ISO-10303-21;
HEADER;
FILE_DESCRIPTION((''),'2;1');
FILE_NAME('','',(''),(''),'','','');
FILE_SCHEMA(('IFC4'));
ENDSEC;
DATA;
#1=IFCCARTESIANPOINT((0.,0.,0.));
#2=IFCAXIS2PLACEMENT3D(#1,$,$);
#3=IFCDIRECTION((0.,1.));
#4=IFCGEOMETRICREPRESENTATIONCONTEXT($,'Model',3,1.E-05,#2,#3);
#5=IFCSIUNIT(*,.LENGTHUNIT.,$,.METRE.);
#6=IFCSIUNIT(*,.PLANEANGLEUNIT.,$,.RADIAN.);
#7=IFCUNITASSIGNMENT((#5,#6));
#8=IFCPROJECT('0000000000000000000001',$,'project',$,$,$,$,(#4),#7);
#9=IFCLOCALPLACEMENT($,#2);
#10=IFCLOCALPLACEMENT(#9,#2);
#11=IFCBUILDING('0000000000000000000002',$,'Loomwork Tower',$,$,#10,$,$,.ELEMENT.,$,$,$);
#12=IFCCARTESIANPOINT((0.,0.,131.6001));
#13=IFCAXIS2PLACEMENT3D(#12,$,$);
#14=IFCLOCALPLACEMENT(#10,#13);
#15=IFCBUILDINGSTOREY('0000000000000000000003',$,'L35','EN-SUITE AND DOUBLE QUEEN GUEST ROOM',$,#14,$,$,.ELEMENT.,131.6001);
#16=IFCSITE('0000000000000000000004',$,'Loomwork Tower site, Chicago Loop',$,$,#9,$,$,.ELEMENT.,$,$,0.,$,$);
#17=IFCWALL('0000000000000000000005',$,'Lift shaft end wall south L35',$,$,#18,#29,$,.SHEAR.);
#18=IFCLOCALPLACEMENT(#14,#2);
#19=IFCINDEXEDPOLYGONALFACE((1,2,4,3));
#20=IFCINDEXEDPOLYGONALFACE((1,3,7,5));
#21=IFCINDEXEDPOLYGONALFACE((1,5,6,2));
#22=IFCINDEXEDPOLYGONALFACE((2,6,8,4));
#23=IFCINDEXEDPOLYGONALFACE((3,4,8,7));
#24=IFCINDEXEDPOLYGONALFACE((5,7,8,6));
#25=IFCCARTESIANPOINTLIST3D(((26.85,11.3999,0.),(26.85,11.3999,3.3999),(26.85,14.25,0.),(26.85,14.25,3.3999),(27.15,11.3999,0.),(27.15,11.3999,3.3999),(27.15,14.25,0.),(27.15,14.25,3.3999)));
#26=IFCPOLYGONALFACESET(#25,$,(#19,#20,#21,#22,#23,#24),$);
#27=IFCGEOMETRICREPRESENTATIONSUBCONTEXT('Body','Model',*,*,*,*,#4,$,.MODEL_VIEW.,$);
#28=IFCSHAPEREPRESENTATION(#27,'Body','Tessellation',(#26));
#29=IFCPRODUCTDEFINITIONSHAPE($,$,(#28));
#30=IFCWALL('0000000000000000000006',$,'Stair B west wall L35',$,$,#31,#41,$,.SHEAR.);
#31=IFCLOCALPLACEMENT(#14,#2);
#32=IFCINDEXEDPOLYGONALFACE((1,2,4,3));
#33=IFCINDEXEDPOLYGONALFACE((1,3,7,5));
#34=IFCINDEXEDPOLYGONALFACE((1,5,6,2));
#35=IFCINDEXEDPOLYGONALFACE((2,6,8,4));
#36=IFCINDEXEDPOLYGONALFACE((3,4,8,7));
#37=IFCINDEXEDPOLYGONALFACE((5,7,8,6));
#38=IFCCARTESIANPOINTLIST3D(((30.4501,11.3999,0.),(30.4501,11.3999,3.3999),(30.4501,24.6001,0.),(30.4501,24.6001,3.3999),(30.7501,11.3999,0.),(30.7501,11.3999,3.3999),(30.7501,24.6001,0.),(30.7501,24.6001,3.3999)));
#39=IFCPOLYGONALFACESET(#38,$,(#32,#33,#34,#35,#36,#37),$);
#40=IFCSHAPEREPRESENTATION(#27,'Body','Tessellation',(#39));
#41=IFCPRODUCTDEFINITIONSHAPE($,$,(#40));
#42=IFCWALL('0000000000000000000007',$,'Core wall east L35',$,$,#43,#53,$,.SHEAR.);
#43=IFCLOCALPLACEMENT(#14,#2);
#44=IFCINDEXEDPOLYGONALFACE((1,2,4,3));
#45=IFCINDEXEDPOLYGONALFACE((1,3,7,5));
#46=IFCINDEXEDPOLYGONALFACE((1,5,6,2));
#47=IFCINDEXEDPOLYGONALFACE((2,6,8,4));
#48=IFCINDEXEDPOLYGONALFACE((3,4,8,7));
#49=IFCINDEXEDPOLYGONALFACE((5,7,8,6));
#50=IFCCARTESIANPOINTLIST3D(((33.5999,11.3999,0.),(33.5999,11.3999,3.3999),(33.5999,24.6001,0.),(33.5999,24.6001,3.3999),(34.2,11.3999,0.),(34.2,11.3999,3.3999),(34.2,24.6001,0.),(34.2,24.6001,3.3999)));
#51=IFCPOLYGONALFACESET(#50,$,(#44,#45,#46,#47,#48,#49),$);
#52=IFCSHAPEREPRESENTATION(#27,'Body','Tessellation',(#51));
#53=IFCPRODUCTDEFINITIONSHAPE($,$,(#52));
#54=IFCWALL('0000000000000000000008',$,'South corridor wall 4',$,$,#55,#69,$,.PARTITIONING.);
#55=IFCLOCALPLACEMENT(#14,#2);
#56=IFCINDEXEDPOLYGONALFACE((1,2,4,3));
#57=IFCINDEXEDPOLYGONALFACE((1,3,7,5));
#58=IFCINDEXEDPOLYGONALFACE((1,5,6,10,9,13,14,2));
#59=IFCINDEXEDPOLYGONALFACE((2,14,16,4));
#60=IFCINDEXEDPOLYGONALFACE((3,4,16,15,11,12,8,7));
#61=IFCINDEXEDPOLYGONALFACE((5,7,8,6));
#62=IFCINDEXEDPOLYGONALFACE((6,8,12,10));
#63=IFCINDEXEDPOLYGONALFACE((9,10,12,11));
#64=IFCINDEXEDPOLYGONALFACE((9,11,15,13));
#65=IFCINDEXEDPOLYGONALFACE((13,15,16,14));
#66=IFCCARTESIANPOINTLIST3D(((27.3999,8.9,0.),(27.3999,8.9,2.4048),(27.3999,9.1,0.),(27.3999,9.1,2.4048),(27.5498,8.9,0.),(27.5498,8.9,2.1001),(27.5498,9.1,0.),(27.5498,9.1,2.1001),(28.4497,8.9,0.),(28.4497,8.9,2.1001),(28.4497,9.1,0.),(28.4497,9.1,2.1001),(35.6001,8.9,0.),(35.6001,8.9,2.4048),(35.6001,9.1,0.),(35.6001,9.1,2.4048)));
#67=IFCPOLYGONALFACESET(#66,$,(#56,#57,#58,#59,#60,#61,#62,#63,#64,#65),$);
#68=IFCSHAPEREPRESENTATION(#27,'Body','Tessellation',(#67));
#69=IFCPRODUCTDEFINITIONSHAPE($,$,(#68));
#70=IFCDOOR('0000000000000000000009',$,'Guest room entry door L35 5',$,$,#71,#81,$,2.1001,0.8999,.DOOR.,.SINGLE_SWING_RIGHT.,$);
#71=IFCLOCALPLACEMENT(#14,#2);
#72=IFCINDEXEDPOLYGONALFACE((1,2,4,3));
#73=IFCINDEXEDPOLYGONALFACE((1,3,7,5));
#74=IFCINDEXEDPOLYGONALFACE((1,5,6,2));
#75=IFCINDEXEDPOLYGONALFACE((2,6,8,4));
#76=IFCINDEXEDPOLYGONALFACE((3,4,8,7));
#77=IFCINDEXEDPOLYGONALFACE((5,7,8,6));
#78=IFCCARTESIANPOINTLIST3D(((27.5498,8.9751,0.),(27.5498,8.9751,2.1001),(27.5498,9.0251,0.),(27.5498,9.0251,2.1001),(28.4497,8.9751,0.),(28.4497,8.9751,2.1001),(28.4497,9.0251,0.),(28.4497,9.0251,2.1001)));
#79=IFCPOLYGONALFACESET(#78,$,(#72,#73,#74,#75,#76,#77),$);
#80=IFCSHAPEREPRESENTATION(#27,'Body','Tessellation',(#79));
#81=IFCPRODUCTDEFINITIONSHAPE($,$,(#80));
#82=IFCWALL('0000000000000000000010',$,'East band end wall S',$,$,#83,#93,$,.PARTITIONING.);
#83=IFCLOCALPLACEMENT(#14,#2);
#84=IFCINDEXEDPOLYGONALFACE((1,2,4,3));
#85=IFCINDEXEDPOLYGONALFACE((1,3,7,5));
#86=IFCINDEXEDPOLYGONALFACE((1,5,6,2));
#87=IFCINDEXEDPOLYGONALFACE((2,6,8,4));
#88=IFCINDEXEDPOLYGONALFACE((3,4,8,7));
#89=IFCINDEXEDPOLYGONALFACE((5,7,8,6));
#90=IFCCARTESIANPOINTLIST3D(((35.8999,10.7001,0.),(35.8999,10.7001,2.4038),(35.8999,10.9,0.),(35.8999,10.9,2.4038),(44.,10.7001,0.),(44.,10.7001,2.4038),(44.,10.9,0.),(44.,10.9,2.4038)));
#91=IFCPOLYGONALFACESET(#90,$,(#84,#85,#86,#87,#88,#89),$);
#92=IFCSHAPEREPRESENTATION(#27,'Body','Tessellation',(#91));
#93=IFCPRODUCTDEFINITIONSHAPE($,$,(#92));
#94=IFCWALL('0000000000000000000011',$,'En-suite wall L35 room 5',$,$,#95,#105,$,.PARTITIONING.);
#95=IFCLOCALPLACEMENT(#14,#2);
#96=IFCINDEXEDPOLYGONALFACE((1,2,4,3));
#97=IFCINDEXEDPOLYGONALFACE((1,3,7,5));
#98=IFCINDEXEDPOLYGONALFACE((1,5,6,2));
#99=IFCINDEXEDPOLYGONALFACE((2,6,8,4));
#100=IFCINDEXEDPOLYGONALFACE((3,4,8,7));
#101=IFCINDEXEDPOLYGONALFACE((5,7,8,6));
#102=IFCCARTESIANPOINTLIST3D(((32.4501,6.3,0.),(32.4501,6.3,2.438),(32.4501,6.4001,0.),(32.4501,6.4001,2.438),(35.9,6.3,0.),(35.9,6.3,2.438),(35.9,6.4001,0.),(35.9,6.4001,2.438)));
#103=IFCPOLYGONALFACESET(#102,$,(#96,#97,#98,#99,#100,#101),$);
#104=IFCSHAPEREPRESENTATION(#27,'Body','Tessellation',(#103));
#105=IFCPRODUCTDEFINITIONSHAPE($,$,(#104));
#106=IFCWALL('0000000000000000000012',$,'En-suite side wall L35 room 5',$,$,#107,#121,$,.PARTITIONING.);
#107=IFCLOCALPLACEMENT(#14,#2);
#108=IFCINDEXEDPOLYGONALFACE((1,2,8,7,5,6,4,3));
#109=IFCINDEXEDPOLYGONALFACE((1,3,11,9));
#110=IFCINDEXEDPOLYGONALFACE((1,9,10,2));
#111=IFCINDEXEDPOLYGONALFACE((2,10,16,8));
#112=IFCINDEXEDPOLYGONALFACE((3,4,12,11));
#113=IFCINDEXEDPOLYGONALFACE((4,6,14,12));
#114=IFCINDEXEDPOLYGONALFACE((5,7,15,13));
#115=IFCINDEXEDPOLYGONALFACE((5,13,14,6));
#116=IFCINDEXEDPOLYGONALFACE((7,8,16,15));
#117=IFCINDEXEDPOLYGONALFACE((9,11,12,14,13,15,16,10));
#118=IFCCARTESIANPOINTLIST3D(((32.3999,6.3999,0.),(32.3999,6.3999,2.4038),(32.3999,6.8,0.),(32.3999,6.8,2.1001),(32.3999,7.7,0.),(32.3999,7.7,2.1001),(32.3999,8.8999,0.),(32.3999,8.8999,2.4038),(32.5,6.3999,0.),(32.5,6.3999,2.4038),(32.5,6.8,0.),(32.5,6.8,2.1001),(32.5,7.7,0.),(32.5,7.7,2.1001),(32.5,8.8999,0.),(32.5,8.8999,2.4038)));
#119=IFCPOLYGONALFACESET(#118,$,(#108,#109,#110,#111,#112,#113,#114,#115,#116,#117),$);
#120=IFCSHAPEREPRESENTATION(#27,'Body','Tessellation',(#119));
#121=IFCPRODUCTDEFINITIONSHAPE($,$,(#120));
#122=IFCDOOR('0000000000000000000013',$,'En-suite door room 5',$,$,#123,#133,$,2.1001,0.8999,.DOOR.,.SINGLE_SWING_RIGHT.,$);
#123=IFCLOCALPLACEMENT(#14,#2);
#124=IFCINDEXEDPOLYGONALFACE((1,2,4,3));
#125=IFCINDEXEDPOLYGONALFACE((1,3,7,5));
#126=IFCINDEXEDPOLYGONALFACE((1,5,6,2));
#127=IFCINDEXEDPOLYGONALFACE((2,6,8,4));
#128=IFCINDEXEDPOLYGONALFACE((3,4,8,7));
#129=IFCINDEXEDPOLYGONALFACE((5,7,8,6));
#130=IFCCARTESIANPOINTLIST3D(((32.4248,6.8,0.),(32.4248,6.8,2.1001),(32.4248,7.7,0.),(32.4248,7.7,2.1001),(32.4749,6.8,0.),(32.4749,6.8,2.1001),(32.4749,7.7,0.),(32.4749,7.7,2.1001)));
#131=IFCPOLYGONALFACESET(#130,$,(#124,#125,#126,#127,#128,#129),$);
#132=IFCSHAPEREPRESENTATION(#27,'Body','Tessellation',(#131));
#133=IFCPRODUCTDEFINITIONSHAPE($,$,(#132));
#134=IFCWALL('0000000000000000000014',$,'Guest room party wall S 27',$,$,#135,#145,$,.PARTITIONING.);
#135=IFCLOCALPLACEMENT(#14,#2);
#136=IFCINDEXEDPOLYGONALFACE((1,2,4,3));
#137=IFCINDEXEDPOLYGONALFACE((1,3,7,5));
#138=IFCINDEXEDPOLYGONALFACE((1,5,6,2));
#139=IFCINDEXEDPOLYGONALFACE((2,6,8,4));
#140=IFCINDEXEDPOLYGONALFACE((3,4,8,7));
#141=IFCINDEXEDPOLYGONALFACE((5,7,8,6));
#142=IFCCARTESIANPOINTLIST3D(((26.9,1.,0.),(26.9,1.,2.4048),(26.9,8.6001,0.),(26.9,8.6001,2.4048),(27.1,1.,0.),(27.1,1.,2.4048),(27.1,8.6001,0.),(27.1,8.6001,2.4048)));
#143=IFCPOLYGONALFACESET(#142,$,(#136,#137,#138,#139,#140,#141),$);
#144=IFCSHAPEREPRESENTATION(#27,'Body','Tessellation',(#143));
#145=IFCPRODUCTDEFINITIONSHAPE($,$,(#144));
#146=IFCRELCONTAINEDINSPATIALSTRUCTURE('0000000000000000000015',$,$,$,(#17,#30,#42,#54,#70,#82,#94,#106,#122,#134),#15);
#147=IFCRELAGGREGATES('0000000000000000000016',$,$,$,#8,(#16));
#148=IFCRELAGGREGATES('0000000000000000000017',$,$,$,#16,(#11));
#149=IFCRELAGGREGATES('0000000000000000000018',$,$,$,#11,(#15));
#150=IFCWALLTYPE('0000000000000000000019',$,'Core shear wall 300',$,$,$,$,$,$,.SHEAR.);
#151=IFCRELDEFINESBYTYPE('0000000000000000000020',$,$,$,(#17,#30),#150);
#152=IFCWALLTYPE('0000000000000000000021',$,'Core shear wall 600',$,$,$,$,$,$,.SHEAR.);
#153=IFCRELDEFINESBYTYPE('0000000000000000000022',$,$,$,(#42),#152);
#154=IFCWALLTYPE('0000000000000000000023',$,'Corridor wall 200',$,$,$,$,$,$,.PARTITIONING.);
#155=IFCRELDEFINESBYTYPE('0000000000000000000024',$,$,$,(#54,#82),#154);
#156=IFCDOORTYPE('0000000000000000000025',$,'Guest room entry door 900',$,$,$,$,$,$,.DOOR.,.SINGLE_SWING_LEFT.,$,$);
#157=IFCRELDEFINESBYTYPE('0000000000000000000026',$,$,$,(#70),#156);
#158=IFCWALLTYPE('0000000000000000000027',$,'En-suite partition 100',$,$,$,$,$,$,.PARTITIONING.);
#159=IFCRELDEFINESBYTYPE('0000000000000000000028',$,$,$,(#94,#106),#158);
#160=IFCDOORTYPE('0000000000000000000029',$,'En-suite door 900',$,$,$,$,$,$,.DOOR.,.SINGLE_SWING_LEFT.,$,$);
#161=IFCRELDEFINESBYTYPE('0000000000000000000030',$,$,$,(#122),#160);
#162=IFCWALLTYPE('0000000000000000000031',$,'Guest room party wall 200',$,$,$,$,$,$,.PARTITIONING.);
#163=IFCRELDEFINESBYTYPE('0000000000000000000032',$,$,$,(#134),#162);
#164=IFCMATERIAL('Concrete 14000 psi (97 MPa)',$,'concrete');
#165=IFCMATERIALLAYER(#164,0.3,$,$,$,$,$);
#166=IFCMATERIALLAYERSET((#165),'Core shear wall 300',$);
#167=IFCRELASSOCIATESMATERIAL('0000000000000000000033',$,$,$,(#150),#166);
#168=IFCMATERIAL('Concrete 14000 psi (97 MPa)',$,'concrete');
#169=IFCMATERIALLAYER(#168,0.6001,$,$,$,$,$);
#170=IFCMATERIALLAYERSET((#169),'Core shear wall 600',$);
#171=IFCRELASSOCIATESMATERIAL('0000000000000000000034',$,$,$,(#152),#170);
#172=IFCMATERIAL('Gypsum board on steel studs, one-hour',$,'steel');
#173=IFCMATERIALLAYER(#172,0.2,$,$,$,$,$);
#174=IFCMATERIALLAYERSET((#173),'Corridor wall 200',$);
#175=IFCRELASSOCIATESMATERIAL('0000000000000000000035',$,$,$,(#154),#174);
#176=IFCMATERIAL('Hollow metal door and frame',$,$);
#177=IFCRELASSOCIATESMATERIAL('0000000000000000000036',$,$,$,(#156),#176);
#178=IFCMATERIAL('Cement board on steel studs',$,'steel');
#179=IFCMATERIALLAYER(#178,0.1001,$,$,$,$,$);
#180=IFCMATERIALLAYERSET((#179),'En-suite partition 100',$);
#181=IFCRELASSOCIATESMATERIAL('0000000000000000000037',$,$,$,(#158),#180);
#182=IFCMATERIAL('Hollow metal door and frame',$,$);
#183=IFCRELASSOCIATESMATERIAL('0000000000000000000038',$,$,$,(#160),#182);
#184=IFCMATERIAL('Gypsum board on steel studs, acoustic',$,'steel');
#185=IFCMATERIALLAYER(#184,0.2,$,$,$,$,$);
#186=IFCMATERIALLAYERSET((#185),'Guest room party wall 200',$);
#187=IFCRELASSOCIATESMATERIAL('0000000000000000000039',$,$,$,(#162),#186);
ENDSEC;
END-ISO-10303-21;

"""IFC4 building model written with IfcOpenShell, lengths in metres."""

from ifc_helpers import new_model, si_unit, direction, frame, frame_2d, origin, place, context, subcontext, project, spatial, rectangle, extrude, material, layer, layer_set, type_object, element, fill, save


model = new_model("IFC4")

# Units and contexts
model_context = context("Model", 3, precision=1e-05, world=origin(), true_north=direction((0.0, 1.0)))
body_context = subcontext(model_context, "Body", "Model", "MODEL_VIEW")
ifc_project = project(units=[si_unit("LENGTHUNIT", "METRE"), si_unit("PLANEANGLEUNIT", "RADIAN")], contexts=[model_context])

# Site, building, storey
site_placement = place(None, origin())
site = spatial("IfcSite", under=ifc_project, at=site_placement, Name="Loomwork Tower site, Chicago Loop", CompositionType="ELEMENT", RefElevation=0.0)
building_placement = place(site_placement, origin())
building = spatial("IfcBuilding", under=site, at=building_placement, Name="Loomwork Tower", CompositionType="ELEMENT")
storey_placement = place(building_placement, frame((0.0, 0.0, 131.6001)))
storey = spatial("IfcBuildingStorey", under=building, at=storey_placement, Name="L35", Description="EN-SUITE AND DOUBLE QUEEN GUEST ROOM", CompositionType="ELEMENT", Elevation=131.6001)

# Walls
ifc_material_1 = material(Name="Concrete 14000 psi (97 MPa)", Category="concrete")
ifc_layer_1 = layer(ifc_material_1, 0.3)
ifc_layer_set_1 = layer_set([ifc_layer_1], Name="Core shear wall 300")
wall_type_1 = type_object("IfcWallType", Name="Core shear wall 300", PredefinedType="SHEAR", material=ifc_layer_set_1)
wall_1_placement = place(storey_placement, frame((27.0, 11.3999, 0.0), z_axis=(0.0, 0.0, 1.0), x_axis=(0.0, 1.0, 0.0)))
element("IfcWall", 1, at=wall_1_placement, inside=storey, type_object=wall_type_1, Name="Lift shaft end wall south L35", PredefinedType="SHEAR", context=body_context, shape_type="SweptSolid", body=[
    extrude(rectangle(XDim=2.8501, YDim=0.3, at=frame_2d((1.425, 0.0))), origin(), (0.0, 0.0, 1.0), 3.3999),
])
wall_2_placement = place(storey_placement, frame((30.6001, 11.3999, 0.0), z_axis=(0.0, 0.0, 1.0), x_axis=(0.0, 1.0, 0.0)))
element("IfcWall", 2, at=wall_2_placement, inside=storey, type_object=wall_type_1, Name="Stair B west wall L35", PredefinedType="SHEAR", context=body_context, shape_type="SweptSolid", body=[
    extrude(rectangle(XDim=13.2002, YDim=0.3, at=frame_2d((6.6001, 0.0))), origin(), (0.0, 0.0, 1.0), 3.3999),
])
ifc_material_2 = material(Name="Concrete 14000 psi (97 MPa)", Category="concrete")
ifc_layer_2 = layer(ifc_material_2, 0.6001)
ifc_layer_set_2 = layer_set([ifc_layer_2], Name="Core shear wall 600")
wall_type_2 = type_object("IfcWallType", Name="Core shear wall 600", PredefinedType="SHEAR", material=ifc_layer_set_2)
wall_3_placement = place(storey_placement, frame((33.8999, 11.3999, 0.0), z_axis=(0.0, 0.0, 1.0), x_axis=(0.0, 1.0, 0.0)))
element("IfcWall", 3, at=wall_3_placement, inside=storey, type_object=wall_type_2, Name="Core wall east L35", PredefinedType="SHEAR", context=body_context, shape_type="SweptSolid", body=[
    extrude(rectangle(XDim=13.2002, YDim=0.6001, at=frame_2d((6.6001, 0.0))), origin(), (0.0, 0.0, 1.0), 3.3999),
])

# Wall, opening, door
ifc_material_3 = material(Name="Gypsum board on steel studs, one-hour", Category="steel")
ifc_layer_3 = layer(ifc_material_3, 0.2)
ifc_layer_set_3 = layer_set([ifc_layer_3], Name="Corridor wall 200")
wall_type_3 = type_object("IfcWallType", Name="Corridor wall 200", PredefinedType="PARTITIONING", material=ifc_layer_set_3)
wall_4_placement = place(storey_placement, frame((27.3999, 9.0, 0.0), z_axis=(0.0, 0.0, 1.0), x_axis=(1.0, 0.0, 0.0)))
wall_4 = element("IfcWall", 4, at=wall_4_placement, inside=storey, type_object=wall_type_3, Name="South corridor wall 4", PredefinedType="PARTITIONING", context=body_context, shape_type="SweptSolid", body=[
    extrude(rectangle(XDim=8.2002, YDim=0.2, at=frame_2d((4.1001, 0.0))), origin(), (0.0, 0.0, 1.0), 2.4048),
])
opening_1_placement = place(wall_4_placement, frame((0.1499, 0.0, 0.0)))
opening_1 = element("IfcOpeningElement", 5, at=opening_1_placement, cuts=wall_4, PredefinedType="OPENING", context=body_context, shape_type="SweptSolid", body=[
    extrude(rectangle(XDim=0.8999, YDim=2.1001, at=frame_2d((0.45, 1.05))), frame((0.0, 0.1099, 0.0), z_axis=(0.0, -1.0, 0.0), x_axis=(1.0, 0.0, 0.0)), (0.0, 0.0, 1.0), 0.22),
])
ifc_material_4 = material(Name="Hollow metal door and frame")
door_type_1 = type_object("IfcDoorType", Name="Guest room entry door 900", OperationType="SINGLE_SWING_LEFT", PredefinedType="DOOR", material=ifc_material_4)
door_1_placement = place(opening_1_placement, frame((0.8999, 0.0, 0.0), z_axis=(0.0, 0.0, 1.0), x_axis=(-1.0, 0.0, 0.0)))
door_1 = element("IfcDoor", 6, at=door_1_placement, inside=storey, type_object=door_type_1, Name="Guest room entry door L35 5", OperationType="SINGLE_SWING_RIGHT", OverallHeight=2.1001, OverallWidth=0.8999, PredefinedType="DOOR", context=body_context, shape_type="SweptSolid", body=[
    extrude(rectangle(XDim=0.8999, YDim=2.1001, at=frame_2d((0.45, 1.05))), frame((0.0, 0.0249, 0.0), z_axis=(0.0, -1.0, 0.0), x_axis=(1.0, 0.0, 0.0)), (0.0, 0.0, 1.0), 0.05),
])
fill(opening_1, door_1)

# Walls
wall_5_placement = place(storey_placement, frame((35.8999, 10.8, 0.0), z_axis=(0.0, 0.0, 1.0), x_axis=(1.0, 0.0, 0.0)))
element("IfcWall", 7, at=wall_5_placement, inside=storey, type_object=wall_type_3, Name="East band end wall S", PredefinedType="PARTITIONING", context=body_context, shape_type="SweptSolid", body=[
    extrude(rectangle(XDim=8.1001, YDim=0.2, at=frame_2d((4.05, 0.0))), origin(), (0.0, 0.0, 1.0), 2.4038),
])
ifc_material_5 = material(Name="Cement board on steel studs", Category="steel")
ifc_layer_4 = layer(ifc_material_5, 0.1001)
ifc_layer_set_4 = layer_set([ifc_layer_4], Name="En-suite partition 100")
wall_type_4 = type_object("IfcWallType", Name="En-suite partition 100", PredefinedType="PARTITIONING", material=ifc_layer_set_4)
wall_6_placement = place(storey_placement, frame((32.45, 6.3501, 0.0), z_axis=(0.0, 0.0, 1.0), x_axis=(1.0, 0.0, 0.0)))
element("IfcWall", 8, at=wall_6_placement, inside=storey, type_object=wall_type_4, Name="En-suite wall L35 room 5", PredefinedType="PARTITIONING", context=body_context, shape_type="SweptSolid", body=[
    extrude(rectangle(XDim=3.45, YDim=0.1001, at=frame_2d((1.7251, 0.0))), origin(), (0.0, 0.0, 1.0), 2.438),
])

# Wall, opening, door
wall_7_placement = place(storey_placement, frame((32.45, 8.8999, 0.0), z_axis=(0.0, 0.0, 1.0), x_axis=(0.0, -1.0, 0.0)))
wall_7 = element("IfcWall", 9, at=wall_7_placement, inside=storey, type_object=wall_type_4, Name="En-suite side wall L35 room 5", PredefinedType="PARTITIONING", context=body_context, shape_type="SweptSolid", body=[
    extrude(rectangle(XDim=2.5, YDim=0.1001, at=frame_2d((1.25, 0.0))), origin(), (0.0, 0.0, 1.0), 2.4038),
])
opening_2_placement = place(wall_7_placement, frame((1.2, 0.0, 0.0)))
opening_2 = element("IfcOpeningElement", 10, at=opening_2_placement, cuts=wall_7, PredefinedType="OPENING", context=body_context, shape_type="SweptSolid", body=[
    extrude(rectangle(XDim=0.8999, YDim=2.1001, at=frame_2d((0.45, 1.05))), frame((0.0, 0.0601, 0.0), z_axis=(0.0, -1.0, 0.0), x_axis=(1.0, 0.0, 0.0)), (0.0, 0.0, 1.0), 0.1201),
])
ifc_material_6 = material(Name="Hollow metal door and frame")
door_type_2 = type_object("IfcDoorType", Name="En-suite door 900", OperationType="SINGLE_SWING_LEFT", PredefinedType="DOOR", material=ifc_material_6)
door_2_placement = place(opening_2_placement, origin())
door_2 = element("IfcDoor", 11, at=door_2_placement, inside=storey, type_object=door_type_2, Name="En-suite door room 5", OperationType="SINGLE_SWING_RIGHT", OverallHeight=2.1001, OverallWidth=0.8999, PredefinedType="DOOR", context=body_context, shape_type="SweptSolid", body=[
    extrude(rectangle(XDim=0.8999, YDim=2.1001, at=frame_2d((0.45, 1.05))), frame((0.0, 0.0249, 0.0), z_axis=(0.0, -1.0, 0.0), x_axis=(1.0, 0.0, 0.0)), (0.0, 0.0, 1.0), 0.05),
])
fill(opening_2, door_2)

# Wall
ifc_material_7 = material(Name="Gypsum board on steel studs, acoustic", Category="steel")
ifc_layer_5 = layer(ifc_material_7, 0.2)
ifc_layer_set_5 = layer_set([ifc_layer_5], Name="Guest room party wall 200")
wall_type_5 = type_object("IfcWallType", Name="Guest room party wall 200", PredefinedType="PARTITIONING", material=ifc_layer_set_5)
wall_8_placement = place(storey_placement, frame((27.0, 8.6001, 0.0), z_axis=(0.0, 0.0, 1.0), x_axis=(0.0, -1.0, 0.0)))
element("IfcWall", 12, at=wall_8_placement, inside=storey, type_object=wall_type_5, Name="Guest room party wall S 27", PredefinedType="PARTITIONING", context=body_context, shape_type="SweptSolid", body=[
    extrude(rectangle(XDim=7.6001, YDim=0.2, at=frame_2d((3.8, 0.0))), origin(), (0.0, 0.0, 1.0), 2.4048),
])

save(model, "model.ifc")
